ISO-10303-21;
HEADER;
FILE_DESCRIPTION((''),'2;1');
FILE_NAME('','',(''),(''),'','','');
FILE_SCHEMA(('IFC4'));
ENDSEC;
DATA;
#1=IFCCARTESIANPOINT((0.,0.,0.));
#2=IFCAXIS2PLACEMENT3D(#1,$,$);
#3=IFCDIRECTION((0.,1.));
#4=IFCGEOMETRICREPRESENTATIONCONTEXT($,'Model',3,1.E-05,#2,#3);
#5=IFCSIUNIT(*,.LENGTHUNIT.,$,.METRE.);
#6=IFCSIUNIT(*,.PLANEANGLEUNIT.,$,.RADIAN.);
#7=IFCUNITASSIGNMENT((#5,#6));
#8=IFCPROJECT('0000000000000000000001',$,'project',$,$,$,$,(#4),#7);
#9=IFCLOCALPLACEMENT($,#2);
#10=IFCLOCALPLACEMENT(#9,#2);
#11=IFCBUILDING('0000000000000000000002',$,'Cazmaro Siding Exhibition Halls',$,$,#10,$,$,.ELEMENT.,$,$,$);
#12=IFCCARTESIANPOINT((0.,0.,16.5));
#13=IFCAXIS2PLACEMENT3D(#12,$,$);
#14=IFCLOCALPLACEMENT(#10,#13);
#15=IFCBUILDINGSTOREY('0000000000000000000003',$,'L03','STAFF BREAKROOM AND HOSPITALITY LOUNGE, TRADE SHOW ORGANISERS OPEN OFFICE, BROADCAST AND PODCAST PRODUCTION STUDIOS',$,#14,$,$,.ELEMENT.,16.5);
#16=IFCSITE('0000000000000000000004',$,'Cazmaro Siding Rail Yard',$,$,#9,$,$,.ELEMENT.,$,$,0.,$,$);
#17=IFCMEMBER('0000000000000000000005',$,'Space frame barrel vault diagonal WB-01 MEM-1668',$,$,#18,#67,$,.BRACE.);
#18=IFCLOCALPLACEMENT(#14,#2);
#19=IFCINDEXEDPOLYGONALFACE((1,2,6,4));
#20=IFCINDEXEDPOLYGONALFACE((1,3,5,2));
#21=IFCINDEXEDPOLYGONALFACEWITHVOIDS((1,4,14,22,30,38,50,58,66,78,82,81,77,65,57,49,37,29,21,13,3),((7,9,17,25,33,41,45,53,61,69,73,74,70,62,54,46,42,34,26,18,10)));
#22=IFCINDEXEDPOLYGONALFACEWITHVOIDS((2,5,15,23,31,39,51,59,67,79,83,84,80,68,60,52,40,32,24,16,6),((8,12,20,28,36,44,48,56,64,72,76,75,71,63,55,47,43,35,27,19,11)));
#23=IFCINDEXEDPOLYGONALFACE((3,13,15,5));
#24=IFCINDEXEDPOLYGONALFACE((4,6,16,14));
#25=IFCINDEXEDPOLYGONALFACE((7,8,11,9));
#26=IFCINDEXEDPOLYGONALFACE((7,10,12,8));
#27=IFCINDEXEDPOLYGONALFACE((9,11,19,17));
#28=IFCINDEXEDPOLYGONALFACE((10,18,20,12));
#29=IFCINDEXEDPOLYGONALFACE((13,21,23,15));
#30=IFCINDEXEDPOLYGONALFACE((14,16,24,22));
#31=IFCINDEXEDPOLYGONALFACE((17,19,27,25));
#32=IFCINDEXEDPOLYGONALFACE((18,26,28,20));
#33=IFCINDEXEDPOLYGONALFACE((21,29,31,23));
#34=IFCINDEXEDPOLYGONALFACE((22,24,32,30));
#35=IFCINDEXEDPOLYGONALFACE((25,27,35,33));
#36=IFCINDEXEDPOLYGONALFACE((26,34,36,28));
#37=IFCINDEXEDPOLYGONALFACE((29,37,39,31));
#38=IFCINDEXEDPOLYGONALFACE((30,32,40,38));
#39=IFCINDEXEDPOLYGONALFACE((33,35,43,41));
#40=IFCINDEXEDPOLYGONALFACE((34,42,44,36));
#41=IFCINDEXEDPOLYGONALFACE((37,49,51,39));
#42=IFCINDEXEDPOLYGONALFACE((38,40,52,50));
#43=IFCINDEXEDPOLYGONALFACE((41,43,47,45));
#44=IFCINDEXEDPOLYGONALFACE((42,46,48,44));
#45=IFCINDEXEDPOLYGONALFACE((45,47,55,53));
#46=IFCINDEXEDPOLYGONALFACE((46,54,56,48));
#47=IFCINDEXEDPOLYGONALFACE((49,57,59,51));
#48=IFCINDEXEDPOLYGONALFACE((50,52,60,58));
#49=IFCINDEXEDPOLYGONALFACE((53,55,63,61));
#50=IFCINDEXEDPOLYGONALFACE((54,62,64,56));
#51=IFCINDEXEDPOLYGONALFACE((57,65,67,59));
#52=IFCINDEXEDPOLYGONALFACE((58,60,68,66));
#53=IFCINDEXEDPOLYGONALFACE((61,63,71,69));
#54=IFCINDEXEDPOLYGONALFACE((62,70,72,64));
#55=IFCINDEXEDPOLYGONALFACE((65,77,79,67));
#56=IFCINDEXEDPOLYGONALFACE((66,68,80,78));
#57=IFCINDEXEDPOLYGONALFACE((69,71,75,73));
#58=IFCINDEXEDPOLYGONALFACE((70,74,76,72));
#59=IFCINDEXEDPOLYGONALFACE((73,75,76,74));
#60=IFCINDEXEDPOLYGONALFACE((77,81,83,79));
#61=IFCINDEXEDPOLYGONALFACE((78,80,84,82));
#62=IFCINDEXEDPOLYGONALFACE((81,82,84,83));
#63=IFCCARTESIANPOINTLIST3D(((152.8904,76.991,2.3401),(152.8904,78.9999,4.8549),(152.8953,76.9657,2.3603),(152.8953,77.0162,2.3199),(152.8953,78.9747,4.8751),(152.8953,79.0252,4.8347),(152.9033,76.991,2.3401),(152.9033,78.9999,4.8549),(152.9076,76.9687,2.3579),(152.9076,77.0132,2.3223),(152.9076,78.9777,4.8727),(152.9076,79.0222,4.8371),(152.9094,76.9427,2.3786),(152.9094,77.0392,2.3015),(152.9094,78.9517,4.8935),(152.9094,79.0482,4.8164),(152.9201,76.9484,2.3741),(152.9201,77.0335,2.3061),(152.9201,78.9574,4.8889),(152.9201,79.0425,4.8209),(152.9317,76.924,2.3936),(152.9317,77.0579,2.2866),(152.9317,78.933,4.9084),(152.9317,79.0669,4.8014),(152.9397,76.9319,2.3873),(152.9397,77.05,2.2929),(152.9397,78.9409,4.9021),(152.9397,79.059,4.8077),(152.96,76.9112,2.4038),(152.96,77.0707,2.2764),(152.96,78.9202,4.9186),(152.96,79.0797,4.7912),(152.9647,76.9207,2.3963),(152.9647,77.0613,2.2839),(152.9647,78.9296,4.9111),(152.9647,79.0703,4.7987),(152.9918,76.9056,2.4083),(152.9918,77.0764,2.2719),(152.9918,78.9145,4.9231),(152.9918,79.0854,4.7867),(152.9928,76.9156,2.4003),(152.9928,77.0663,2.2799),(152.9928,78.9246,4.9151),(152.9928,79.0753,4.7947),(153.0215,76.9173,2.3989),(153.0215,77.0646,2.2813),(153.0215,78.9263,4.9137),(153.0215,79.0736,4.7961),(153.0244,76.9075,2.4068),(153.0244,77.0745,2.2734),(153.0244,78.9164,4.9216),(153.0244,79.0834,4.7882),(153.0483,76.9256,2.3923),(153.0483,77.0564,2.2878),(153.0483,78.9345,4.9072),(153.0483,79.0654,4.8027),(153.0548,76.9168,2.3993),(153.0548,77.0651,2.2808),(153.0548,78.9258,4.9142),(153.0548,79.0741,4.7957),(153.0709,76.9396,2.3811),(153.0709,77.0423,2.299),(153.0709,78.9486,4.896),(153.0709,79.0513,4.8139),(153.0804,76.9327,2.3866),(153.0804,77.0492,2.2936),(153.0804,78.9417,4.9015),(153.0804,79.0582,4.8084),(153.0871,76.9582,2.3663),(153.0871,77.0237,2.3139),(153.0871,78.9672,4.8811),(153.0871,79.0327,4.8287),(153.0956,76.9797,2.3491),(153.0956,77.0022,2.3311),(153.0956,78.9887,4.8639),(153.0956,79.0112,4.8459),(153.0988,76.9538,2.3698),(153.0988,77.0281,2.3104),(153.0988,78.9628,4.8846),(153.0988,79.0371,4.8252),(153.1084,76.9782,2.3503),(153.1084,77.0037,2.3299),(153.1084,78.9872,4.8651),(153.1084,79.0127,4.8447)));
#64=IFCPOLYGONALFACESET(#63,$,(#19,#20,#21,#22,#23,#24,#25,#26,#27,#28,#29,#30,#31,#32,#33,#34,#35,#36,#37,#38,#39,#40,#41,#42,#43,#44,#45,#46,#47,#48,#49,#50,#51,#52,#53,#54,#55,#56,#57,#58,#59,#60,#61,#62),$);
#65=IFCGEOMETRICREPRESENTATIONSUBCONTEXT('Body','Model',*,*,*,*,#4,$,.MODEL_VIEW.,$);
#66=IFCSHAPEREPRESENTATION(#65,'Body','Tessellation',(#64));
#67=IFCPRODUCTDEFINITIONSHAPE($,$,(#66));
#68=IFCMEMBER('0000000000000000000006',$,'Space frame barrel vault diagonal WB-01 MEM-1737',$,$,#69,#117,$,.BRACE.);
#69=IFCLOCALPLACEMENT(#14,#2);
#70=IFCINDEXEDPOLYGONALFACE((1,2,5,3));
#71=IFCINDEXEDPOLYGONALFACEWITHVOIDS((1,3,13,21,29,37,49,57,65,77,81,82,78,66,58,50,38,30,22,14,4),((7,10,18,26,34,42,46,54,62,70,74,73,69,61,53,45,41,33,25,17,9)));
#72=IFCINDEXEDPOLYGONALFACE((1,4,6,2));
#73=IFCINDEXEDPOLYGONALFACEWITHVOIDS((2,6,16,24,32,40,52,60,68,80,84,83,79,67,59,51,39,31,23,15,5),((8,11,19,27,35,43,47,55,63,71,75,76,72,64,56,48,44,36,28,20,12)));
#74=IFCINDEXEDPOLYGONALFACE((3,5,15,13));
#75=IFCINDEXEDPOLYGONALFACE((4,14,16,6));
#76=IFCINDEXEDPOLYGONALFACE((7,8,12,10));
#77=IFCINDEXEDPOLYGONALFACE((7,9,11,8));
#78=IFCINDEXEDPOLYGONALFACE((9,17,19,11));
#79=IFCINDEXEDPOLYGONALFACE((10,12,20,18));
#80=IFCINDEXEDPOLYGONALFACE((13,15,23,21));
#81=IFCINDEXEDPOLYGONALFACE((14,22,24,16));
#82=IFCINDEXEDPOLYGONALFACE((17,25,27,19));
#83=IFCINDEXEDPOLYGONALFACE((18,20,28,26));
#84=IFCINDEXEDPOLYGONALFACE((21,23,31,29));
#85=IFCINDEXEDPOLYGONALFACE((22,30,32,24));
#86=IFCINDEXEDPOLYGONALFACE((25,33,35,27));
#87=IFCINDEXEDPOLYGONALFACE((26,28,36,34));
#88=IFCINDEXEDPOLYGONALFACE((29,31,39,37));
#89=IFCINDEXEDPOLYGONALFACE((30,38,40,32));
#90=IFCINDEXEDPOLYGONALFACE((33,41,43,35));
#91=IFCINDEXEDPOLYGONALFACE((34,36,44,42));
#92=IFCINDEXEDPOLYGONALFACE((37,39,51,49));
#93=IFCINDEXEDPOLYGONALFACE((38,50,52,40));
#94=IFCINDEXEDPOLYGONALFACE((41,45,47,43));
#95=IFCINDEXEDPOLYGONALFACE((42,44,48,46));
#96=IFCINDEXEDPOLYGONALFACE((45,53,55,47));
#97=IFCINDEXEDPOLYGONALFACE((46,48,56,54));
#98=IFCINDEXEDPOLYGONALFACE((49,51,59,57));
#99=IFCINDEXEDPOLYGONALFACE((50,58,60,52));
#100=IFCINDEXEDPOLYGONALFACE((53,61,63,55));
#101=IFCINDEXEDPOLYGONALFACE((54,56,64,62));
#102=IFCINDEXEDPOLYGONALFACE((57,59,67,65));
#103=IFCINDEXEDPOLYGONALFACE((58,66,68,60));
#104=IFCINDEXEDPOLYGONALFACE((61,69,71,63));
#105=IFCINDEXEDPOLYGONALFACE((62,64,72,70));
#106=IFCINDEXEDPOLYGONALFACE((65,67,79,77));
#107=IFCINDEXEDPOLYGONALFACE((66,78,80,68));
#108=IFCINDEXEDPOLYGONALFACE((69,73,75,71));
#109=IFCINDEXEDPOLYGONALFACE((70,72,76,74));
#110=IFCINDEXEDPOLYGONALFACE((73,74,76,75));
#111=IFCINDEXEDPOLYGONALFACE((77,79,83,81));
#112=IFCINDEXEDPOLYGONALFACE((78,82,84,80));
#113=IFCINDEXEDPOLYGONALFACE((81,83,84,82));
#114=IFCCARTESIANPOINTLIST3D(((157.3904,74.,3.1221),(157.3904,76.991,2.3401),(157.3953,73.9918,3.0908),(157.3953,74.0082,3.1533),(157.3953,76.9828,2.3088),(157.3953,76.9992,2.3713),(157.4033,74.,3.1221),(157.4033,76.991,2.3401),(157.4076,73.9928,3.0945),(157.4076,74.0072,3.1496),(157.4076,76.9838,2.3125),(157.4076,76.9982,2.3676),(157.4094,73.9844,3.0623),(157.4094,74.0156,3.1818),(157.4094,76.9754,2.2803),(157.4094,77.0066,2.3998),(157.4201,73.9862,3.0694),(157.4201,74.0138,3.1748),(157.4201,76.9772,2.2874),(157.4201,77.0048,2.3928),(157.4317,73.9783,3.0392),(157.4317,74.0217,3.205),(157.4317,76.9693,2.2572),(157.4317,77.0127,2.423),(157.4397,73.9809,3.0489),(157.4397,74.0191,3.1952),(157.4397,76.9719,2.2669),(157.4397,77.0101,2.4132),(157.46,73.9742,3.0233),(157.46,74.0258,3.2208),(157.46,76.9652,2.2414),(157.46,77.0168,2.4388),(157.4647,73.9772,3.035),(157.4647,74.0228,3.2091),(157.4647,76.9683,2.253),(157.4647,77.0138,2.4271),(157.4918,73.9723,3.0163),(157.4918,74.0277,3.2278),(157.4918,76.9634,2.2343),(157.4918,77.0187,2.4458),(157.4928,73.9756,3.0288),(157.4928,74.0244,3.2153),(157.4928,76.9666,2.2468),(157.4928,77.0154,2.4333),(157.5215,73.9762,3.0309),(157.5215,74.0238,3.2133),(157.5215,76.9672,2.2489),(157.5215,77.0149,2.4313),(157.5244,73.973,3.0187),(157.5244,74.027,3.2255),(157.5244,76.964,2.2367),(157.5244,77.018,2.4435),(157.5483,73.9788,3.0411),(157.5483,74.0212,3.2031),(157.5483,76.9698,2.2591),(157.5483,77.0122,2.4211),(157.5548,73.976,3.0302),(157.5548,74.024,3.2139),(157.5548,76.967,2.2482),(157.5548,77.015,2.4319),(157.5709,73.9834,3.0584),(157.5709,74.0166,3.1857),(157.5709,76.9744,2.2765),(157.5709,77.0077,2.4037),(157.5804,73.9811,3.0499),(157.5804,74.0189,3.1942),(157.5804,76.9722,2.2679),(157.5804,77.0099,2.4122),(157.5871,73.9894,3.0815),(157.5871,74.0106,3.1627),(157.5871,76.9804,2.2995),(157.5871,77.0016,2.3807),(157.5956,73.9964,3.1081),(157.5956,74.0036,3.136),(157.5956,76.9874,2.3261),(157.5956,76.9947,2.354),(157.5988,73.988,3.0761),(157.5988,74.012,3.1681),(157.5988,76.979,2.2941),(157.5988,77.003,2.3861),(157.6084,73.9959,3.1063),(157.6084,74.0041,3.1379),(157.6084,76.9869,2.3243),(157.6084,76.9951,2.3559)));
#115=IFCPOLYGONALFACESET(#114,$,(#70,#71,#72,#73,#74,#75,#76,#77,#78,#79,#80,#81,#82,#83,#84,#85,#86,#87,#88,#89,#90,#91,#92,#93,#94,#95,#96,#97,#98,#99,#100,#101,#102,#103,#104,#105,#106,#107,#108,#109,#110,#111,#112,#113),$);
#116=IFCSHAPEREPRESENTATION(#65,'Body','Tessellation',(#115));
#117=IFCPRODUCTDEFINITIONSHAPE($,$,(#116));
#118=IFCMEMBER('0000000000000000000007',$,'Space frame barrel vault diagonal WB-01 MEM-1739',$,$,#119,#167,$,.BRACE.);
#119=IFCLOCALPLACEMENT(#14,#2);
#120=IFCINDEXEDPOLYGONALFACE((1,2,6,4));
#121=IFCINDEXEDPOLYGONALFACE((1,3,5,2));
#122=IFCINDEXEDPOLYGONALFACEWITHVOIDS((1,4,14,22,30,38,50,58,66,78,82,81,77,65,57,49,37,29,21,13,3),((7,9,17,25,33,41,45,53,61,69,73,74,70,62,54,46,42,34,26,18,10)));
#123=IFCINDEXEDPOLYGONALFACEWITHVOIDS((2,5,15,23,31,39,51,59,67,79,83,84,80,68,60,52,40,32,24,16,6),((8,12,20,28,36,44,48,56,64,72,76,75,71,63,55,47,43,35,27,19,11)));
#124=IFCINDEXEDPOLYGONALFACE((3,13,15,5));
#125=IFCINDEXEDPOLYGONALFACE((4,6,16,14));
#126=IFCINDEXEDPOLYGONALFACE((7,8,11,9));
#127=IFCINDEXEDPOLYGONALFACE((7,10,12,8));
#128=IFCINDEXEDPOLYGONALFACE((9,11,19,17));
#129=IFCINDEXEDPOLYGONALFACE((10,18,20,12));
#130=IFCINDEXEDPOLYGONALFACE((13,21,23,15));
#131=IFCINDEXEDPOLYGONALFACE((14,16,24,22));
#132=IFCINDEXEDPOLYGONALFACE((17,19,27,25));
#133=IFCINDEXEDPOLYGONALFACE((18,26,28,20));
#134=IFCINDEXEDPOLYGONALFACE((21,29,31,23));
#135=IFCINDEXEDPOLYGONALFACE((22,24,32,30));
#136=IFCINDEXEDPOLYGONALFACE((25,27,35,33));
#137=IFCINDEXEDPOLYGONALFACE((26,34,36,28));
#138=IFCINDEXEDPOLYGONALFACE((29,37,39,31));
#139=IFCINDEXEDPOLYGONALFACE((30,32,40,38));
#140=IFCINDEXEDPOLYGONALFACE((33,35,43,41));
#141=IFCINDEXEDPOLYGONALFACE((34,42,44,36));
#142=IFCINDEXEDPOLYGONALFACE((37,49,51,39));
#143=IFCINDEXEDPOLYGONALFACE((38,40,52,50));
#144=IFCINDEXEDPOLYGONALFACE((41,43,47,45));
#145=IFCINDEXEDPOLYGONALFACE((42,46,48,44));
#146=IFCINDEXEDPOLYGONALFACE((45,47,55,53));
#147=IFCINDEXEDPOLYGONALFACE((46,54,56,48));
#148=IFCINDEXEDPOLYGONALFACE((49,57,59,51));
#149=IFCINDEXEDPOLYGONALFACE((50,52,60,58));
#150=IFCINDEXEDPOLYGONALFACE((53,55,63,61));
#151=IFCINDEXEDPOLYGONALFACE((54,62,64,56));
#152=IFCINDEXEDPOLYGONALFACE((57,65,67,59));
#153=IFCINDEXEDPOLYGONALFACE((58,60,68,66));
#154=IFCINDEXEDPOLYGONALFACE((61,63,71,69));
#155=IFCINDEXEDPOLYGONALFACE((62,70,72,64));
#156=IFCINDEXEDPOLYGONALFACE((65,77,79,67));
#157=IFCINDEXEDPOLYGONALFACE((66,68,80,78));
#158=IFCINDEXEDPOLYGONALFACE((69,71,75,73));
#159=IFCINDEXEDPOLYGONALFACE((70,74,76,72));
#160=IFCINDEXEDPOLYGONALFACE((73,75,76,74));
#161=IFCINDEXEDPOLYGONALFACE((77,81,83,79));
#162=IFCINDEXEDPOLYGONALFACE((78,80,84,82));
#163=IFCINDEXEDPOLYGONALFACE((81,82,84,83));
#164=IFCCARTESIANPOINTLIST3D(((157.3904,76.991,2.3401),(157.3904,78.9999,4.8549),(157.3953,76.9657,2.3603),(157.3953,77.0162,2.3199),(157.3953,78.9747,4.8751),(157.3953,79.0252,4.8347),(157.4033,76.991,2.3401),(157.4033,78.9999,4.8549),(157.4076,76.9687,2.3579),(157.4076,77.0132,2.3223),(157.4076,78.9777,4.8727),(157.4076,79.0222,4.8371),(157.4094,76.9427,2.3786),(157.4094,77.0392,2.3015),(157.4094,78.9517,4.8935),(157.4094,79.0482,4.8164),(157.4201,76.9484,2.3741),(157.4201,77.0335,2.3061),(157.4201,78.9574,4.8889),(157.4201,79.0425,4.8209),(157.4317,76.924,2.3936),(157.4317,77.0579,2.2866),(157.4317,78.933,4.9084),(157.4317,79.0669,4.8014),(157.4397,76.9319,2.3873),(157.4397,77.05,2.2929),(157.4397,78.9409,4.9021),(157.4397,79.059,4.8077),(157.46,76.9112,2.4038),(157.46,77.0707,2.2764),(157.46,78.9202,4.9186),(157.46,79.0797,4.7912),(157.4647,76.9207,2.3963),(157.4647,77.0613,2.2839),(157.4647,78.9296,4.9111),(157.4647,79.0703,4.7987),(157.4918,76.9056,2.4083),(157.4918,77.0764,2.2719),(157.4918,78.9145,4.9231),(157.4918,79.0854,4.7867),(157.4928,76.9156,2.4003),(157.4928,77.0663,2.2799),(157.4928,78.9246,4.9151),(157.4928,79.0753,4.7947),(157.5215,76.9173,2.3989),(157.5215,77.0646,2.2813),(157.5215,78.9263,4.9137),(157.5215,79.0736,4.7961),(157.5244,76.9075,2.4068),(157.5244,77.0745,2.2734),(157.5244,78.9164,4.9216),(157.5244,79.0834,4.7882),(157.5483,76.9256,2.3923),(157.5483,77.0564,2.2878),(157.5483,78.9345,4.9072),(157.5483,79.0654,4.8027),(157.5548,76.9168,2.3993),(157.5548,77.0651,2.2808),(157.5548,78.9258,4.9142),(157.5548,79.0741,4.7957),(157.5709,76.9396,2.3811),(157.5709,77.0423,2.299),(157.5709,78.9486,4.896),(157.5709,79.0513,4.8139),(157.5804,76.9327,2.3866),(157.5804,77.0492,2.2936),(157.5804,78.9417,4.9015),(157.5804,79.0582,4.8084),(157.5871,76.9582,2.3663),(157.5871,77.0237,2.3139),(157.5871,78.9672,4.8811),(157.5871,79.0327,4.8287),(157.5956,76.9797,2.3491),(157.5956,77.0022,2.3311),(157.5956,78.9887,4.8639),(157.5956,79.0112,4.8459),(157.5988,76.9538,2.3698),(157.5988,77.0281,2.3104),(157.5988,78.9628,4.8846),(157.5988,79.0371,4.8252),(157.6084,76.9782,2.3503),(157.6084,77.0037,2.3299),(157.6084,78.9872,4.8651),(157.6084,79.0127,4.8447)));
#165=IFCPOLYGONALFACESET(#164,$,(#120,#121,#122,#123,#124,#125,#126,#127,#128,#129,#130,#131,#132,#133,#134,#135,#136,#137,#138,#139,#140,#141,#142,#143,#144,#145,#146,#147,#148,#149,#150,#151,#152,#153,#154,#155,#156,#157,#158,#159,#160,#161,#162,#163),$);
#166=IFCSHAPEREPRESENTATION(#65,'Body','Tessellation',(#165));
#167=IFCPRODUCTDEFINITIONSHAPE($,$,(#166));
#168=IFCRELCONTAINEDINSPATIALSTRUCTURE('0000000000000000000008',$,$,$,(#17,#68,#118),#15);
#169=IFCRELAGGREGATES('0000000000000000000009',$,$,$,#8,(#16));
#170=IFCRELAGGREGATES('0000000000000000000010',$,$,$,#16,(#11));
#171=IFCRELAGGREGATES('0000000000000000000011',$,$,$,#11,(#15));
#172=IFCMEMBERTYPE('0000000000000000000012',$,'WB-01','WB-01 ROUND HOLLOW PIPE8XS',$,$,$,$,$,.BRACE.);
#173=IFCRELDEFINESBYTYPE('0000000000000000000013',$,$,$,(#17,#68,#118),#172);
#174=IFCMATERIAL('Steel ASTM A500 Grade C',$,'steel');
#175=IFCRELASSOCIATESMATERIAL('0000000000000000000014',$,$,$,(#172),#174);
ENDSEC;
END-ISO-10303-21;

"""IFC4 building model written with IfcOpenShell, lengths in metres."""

from ifc_helpers import new_model, si_unit, direction, frame, origin, origin_2d, place, context, subcontext, project, spatial, hollow_circle, extrude, material, material_profile, profile_set, type_object, element, save


model = new_model("IFC4")

# Units and contexts
model_context = context("Model", 3, precision=1e-05, world=origin(), true_north=direction((0.0, 1.0)))
body_context = subcontext(model_context, "Body", "Model", "MODEL_VIEW")
ifc_project = project(units=[si_unit("LENGTHUNIT", "METRE"), si_unit("PLANEANGLEUNIT", "RADIAN")], contexts=[model_context])

# Site, building, storey
site_placement = place(None, origin())
site = spatial("IfcSite", under=ifc_project, at=site_placement, Name="Cazmaro Siding Rail Yard", CompositionType="ELEMENT", RefElevation=0.0)
building_placement = place(site_placement, origin())
building = spatial("IfcBuilding", under=site, at=building_placement, Name="Cazmaro Siding Exhibition Halls", CompositionType="ELEMENT")
storey_placement = place(building_placement, frame((0.0, 0.0, 16.5)))
storey = spatial("IfcBuildingStorey", under=building, at=storey_placement, Name="L03", Description="STAFF BREAKROOM AND HOSPITALITY LOUNGE, TRADE SHOW ORGANISERS OPEN OFFICE, BROADCAST AND PODCAST PRODUCTION STUDIOS", CompositionType="ELEMENT", Elevation=16.5)

# Members
ifc_material_1 = material(Name="Steel ASTM A500 Grade C", Category="steel")
ifc_material_profile_1 = material_profile(ifc_material_1, hollow_circle(Radius=0.1096, WallThickness=0.0129, at=origin_2d()), Name="PIPE8XS")
ifc_profile_set_1 = profile_set([ifc_material_profile_1], Name="Steel ASTM A500 Grade C")
member_type_1 = type_object("IfcMemberType", Name="WB-01", Description="WB-01 ROUND HOLLOW PIPE8XS", PredefinedType="BRACE", material=ifc_profile_set_1)
member_1_placement = place(storey_placement, frame((153.0, 76.991, 2.3401), z_axis=(0.0, 0.624149, 0.781305), x_axis=(-1.0, 0.0, 0.0)))
element("IfcMember", 1, at=member_1_placement, inside=storey, type_object=member_type_1, Name="Space frame barrel vault diagonal WB-01 MEM-1668", PredefinedType="BRACE", context=body_context, shape_type="SweptSolid", body=[
    extrude(hollow_circle(Radius=0.1096, WallThickness=0.0129, at=origin_2d()), origin(), (0.0, 0.0, 1.0), 3.2188),
])
member_2_placement = place(storey_placement, frame((157.5, 74.0, 3.1221), z_axis=(0.0, 0.96748, -0.252946), x_axis=(-1.0, 0.0, 0.0)))
element("IfcMember", 2, at=member_2_placement, inside=storey, type_object=member_type_1, Name="Space frame barrel vault diagonal WB-01 MEM-1737", PredefinedType="BRACE", context=body_context, shape_type="SweptSolid", body=[
    extrude(hollow_circle(Radius=0.1096, WallThickness=0.0129, at=origin_2d()), origin(), (0.0, 0.0, 1.0), 3.0916),
])
member_3_placement = place(storey_placement, frame((157.5, 76.991, 2.3401), z_axis=(0.0, 0.624149, 0.781305), x_axis=(-1.0, 0.0, 0.0)))
element("IfcMember", 3, at=member_3_placement, inside=storey, type_object=member_type_1, Name="Space frame barrel vault diagonal WB-01 MEM-1739", PredefinedType="BRACE", context=body_context, shape_type="SweptSolid", body=[
    extrude(hollow_circle(Radius=0.1096, WallThickness=0.0129, at=origin_2d()), origin(), (0.0, 0.0, 1.0), 3.2188),
])

save(model, "model.ifc")
